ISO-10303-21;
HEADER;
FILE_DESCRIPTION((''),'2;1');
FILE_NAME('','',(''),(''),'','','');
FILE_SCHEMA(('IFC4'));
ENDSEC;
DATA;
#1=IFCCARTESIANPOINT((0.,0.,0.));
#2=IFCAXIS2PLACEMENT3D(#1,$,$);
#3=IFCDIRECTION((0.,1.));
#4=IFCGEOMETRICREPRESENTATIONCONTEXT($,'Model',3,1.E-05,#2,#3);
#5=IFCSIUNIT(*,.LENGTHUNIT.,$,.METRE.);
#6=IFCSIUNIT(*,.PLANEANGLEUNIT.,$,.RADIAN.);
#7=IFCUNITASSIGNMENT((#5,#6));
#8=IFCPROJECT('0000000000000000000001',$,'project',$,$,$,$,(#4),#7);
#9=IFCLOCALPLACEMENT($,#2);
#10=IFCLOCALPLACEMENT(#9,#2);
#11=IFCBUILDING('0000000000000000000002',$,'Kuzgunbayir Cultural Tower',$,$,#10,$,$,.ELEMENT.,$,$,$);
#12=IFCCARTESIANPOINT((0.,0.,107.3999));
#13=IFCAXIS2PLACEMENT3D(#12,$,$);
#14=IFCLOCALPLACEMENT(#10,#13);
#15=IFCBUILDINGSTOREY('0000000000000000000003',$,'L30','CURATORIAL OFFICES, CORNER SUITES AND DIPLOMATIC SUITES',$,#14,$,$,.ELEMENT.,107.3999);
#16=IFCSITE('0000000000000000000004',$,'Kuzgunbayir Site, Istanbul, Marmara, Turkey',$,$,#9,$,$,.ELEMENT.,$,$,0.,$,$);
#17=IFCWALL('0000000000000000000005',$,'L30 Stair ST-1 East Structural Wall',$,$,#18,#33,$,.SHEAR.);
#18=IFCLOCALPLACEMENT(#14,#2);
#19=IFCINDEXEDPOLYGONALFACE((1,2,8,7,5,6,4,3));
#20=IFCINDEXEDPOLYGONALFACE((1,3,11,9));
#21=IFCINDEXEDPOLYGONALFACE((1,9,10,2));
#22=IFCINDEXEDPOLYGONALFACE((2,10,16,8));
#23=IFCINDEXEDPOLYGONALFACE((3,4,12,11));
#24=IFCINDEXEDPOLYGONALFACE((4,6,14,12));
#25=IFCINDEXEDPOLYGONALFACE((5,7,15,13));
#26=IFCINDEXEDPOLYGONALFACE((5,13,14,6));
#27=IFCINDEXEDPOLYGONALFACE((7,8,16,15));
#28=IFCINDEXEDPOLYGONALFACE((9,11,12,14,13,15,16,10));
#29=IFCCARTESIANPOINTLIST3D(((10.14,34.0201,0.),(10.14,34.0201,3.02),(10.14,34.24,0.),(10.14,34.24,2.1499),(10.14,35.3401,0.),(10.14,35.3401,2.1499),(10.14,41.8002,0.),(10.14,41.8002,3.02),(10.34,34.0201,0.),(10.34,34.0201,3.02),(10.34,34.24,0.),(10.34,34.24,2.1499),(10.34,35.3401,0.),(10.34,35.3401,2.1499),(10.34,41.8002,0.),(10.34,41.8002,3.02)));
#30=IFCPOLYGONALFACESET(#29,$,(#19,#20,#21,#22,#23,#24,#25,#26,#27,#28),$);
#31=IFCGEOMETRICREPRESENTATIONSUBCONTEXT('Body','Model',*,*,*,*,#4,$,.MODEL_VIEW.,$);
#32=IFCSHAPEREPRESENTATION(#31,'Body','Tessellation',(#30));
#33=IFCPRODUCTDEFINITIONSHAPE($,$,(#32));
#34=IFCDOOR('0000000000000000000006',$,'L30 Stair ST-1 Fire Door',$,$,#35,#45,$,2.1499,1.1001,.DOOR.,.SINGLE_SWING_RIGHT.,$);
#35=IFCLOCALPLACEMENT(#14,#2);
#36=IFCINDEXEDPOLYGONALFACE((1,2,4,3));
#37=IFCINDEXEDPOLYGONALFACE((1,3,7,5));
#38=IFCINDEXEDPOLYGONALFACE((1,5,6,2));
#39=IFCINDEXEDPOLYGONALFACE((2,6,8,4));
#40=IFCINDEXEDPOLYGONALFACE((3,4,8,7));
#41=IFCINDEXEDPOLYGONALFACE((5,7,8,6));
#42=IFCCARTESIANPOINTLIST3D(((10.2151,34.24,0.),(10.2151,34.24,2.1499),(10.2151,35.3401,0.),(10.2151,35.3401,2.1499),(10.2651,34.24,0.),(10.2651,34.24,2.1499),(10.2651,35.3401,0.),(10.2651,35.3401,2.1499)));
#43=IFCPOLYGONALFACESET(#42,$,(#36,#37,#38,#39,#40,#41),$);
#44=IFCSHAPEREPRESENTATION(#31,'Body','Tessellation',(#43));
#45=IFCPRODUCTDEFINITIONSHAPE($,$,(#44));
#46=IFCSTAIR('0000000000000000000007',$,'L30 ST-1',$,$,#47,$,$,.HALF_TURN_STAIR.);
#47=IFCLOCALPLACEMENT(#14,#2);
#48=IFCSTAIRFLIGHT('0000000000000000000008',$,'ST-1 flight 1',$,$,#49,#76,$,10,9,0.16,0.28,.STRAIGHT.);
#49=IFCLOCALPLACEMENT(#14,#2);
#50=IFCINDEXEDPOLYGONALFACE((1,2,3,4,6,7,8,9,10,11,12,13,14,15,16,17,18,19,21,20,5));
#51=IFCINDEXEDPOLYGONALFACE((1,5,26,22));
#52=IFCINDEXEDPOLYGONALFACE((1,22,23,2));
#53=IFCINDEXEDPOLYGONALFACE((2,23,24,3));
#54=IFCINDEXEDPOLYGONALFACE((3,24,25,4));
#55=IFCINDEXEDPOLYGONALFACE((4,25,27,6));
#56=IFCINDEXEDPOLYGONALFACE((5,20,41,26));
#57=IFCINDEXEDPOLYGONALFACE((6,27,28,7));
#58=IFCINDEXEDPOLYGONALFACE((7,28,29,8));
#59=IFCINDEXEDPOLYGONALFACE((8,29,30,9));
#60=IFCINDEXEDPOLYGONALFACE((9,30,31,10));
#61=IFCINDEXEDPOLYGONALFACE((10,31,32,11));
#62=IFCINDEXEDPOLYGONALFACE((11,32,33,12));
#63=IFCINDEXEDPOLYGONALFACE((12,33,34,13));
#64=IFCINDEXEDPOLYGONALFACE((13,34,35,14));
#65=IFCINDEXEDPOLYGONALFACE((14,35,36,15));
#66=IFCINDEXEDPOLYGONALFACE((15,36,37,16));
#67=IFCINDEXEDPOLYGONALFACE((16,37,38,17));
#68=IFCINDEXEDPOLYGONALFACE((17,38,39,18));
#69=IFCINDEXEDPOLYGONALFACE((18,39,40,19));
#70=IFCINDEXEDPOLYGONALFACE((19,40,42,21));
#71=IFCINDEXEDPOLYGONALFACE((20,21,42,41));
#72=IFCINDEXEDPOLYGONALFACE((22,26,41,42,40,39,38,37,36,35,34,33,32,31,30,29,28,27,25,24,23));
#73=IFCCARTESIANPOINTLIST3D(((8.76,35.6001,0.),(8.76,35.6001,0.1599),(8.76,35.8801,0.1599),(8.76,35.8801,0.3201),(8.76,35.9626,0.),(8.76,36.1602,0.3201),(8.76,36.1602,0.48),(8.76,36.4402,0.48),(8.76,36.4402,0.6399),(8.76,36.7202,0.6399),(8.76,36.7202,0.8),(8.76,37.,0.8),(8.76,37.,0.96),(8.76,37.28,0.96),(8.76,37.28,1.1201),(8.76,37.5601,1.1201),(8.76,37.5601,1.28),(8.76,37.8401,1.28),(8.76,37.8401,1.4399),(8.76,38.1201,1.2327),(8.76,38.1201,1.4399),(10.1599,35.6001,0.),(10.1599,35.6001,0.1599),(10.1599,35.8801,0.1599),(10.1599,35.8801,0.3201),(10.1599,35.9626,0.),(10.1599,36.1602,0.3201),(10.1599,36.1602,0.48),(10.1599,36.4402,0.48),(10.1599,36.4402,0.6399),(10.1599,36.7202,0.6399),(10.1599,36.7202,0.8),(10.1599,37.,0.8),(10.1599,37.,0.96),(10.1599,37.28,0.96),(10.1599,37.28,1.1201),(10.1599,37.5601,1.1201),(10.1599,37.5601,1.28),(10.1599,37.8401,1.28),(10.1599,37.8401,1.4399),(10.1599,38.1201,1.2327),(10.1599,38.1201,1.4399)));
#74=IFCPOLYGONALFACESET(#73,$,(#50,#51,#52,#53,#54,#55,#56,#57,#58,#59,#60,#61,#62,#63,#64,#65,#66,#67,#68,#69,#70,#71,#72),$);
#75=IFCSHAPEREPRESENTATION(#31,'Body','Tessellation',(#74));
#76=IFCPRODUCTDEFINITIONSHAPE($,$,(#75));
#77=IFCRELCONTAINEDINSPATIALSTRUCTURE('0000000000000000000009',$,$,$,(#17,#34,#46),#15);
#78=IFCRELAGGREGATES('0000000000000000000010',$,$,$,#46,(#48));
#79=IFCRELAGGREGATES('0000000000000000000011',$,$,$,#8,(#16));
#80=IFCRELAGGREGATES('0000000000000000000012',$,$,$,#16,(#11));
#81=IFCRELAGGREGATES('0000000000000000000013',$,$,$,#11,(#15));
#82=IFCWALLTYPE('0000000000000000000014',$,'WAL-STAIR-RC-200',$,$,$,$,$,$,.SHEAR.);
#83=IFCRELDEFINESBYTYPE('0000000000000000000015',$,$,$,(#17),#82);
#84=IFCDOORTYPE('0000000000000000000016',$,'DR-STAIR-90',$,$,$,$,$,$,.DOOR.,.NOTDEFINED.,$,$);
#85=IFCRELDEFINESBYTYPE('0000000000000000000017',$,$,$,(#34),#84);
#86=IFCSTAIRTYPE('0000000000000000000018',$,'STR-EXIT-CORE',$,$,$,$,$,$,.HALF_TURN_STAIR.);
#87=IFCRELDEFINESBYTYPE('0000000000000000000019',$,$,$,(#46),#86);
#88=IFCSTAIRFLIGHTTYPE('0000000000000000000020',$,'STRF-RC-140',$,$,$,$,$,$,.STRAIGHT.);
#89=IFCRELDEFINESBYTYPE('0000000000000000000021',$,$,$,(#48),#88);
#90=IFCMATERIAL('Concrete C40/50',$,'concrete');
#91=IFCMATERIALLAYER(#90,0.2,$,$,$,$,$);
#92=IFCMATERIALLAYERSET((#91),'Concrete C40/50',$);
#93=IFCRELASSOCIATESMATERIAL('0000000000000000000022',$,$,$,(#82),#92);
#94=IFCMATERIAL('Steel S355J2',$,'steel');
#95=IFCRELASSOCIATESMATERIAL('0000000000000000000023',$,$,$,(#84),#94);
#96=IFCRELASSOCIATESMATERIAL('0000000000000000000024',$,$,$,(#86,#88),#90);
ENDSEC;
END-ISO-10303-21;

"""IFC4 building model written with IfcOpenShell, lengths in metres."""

from ifc_helpers import new_model, si_unit, direction, frame, frame_2d, origin, place, context, subcontext, project, spatial, polyline, rectangle, outline, extrude, material, layer, layer_set, type_object, element, fill, aggregate, save


model = new_model("IFC4")

# Units and contexts
model_context = context("Model", 3, precision=1e-05, world=origin(), true_north=direction((0.0, 1.0)))
body_context = subcontext(model_context, "Body", "Model", "MODEL_VIEW")
ifc_project = project(units=[si_unit("LENGTHUNIT", "METRE"), si_unit("PLANEANGLEUNIT", "RADIAN")], contexts=[model_context])

# Site, building, storey
site_placement = place(None, origin())
site = spatial("IfcSite", under=ifc_project, at=site_placement, Name="Kuzgunbayir Site, Istanbul, Marmara, Turkey", CompositionType="ELEMENT", RefElevation=0.0)
building_placement = place(site_placement, origin())
building = spatial("IfcBuilding", under=site, at=building_placement, Name="Kuzgunbayir Cultural Tower", CompositionType="ELEMENT")
storey_placement = place(building_placement, frame((0.0, 0.0, 107.3999)))
storey = spatial("IfcBuildingStorey", under=building, at=storey_placement, Name="L30", Description="CURATORIAL OFFICES, CORNER SUITES AND DIPLOMATIC SUITES", CompositionType="ELEMENT", Elevation=107.3999)

# Shared definitions
ifc_material_1 = material(Name="Steel S355J2", Category="steel")

# Shared definitions
ifc_material_2 = material(Name="Concrete C40/50", Category="concrete")

# Wall, opening, door
ifc_layer_1 = layer(ifc_material_2, 0.2)
ifc_layer_set_1 = layer_set([ifc_layer_1], Name="Concrete C40/50")
wall_type_1 = type_object("IfcWallType", Name="WAL-STAIR-RC-200", PredefinedType="SHEAR", material=ifc_layer_set_1)
wall_1_placement = place(storey_placement, frame((10.24, 34.02, 0.0), z_axis=(0.0, 0.0, 1.0), x_axis=(0.0, 1.0, 0.0)))
wall_1 = element("IfcWall", 1, at=wall_1_placement, inside=storey, type_object=wall_type_1, Name="L30 Stair ST-1 East Structural Wall", PredefinedType="SHEAR", context=body_context, shape_type="SweptSolid", body=[
    extrude(rectangle(XDim=7.78, YDim=0.2, at=frame_2d((3.8901, 0.0))), origin(), (0.0, 0.0, 1.0), 3.02),
])
opening_1_placement = place(wall_1_placement, frame((0.22, 0.0, 0.0)))
opening_1 = element("IfcOpeningElement", 2, at=opening_1_placement, cuts=wall_1, PredefinedType="OPENING", context=body_context, shape_type="SweptSolid", body=[
    extrude(rectangle(XDim=1.1001, YDim=2.1499, at=frame_2d((0.55, 1.075))), frame((0.0, 0.1099, 0.0), z_axis=(0.0, -1.0, 0.0), x_axis=(1.0, 0.0, 0.0)), (0.0, 0.0, 1.0), 0.22),
])
door_type_1 = type_object("IfcDoorType", Name="DR-STAIR-90", OperationType="NOTDEFINED", PredefinedType="DOOR", material=ifc_material_1)
door_1_placement = place(opening_1_placement, origin())
door_1 = element("IfcDoor", 3, at=door_1_placement, inside=storey, type_object=door_type_1, Name="L30 Stair ST-1 Fire Door", OperationType="SINGLE_SWING_RIGHT", OverallHeight=2.1499, OverallWidth=1.1001, PredefinedType="DOOR", context=body_context, shape_type="SweptSolid", body=[
    extrude(rectangle(XDim=1.1001, YDim=2.1499, at=frame_2d((0.55, 1.075))), frame((0.0, 0.0249, 0.0), z_axis=(0.0, -1.0, 0.0), x_axis=(1.0, 0.0, 0.0)), (0.0, 0.0, 1.0), 0.05),
])
fill(opening_1, door_1)

# Stair, stair flight
stair_type = type_object("IfcStairType", Name="STR-EXIT-CORE", PredefinedType="HALF_TURN_STAIR", material=ifc_material_2)
stair_placement = place(storey_placement, origin())
stair = element("IfcStair", 4, at=stair_placement, inside=storey, type_object=stair_type, Name="L30 ST-1", PredefinedType="HALF_TURN_STAIR")
stair_flight_type = type_object("IfcStairFlightType", Name="STRF-RC-140", PredefinedType="STRAIGHT", material=ifc_material_2)
stair_flight_placement = place(storey_placement, frame((9.46, 35.6001, 0.0), z_axis=(0.0, 0.0, 1.0), x_axis=(0.0, 1.0, 0.0)))
stair_flight = element("IfcStairFlight", 5, at=stair_flight_placement, type_object=stair_flight_type, Name="ST-1 flight 1", NumberOfRisers=10, NumberOfTreads=9, PredefinedType="STRAIGHT", RiserHeight=0.16, TreadLength=0.28, context=body_context, shape_type="SweptSolid", body=[
    extrude(outline(polyline([(0.0, 0.0), (0.0, 0.1599), (0.28, 0.1599), (0.28, 0.3201), (0.5601, 0.3201), (0.5601, 0.48), (0.8401, 0.48), (0.8401, 0.6399), (1.1201, 0.6399), (1.1201, 0.8), (1.3999, 0.8), (1.3999, 0.96), (1.6799, 0.96), (1.6799, 1.1201), (1.96, 1.1201), (1.96, 1.28), (2.24, 1.28), (2.24, 1.4399), (2.52, 1.4399), (2.52, 1.6001), (2.52, 1.2327), (0.3625, 0.0), (0.0, 0.0)])), frame((0.0, 0.7, 0.0), z_axis=(0.0, -1.0, 0.0), x_axis=(1.0, 0.0, 0.0)), (0.0, 0.0, 1.0), 1.3999),
])
aggregate(stair, [stair_flight])

save(model, "model.ifc")
